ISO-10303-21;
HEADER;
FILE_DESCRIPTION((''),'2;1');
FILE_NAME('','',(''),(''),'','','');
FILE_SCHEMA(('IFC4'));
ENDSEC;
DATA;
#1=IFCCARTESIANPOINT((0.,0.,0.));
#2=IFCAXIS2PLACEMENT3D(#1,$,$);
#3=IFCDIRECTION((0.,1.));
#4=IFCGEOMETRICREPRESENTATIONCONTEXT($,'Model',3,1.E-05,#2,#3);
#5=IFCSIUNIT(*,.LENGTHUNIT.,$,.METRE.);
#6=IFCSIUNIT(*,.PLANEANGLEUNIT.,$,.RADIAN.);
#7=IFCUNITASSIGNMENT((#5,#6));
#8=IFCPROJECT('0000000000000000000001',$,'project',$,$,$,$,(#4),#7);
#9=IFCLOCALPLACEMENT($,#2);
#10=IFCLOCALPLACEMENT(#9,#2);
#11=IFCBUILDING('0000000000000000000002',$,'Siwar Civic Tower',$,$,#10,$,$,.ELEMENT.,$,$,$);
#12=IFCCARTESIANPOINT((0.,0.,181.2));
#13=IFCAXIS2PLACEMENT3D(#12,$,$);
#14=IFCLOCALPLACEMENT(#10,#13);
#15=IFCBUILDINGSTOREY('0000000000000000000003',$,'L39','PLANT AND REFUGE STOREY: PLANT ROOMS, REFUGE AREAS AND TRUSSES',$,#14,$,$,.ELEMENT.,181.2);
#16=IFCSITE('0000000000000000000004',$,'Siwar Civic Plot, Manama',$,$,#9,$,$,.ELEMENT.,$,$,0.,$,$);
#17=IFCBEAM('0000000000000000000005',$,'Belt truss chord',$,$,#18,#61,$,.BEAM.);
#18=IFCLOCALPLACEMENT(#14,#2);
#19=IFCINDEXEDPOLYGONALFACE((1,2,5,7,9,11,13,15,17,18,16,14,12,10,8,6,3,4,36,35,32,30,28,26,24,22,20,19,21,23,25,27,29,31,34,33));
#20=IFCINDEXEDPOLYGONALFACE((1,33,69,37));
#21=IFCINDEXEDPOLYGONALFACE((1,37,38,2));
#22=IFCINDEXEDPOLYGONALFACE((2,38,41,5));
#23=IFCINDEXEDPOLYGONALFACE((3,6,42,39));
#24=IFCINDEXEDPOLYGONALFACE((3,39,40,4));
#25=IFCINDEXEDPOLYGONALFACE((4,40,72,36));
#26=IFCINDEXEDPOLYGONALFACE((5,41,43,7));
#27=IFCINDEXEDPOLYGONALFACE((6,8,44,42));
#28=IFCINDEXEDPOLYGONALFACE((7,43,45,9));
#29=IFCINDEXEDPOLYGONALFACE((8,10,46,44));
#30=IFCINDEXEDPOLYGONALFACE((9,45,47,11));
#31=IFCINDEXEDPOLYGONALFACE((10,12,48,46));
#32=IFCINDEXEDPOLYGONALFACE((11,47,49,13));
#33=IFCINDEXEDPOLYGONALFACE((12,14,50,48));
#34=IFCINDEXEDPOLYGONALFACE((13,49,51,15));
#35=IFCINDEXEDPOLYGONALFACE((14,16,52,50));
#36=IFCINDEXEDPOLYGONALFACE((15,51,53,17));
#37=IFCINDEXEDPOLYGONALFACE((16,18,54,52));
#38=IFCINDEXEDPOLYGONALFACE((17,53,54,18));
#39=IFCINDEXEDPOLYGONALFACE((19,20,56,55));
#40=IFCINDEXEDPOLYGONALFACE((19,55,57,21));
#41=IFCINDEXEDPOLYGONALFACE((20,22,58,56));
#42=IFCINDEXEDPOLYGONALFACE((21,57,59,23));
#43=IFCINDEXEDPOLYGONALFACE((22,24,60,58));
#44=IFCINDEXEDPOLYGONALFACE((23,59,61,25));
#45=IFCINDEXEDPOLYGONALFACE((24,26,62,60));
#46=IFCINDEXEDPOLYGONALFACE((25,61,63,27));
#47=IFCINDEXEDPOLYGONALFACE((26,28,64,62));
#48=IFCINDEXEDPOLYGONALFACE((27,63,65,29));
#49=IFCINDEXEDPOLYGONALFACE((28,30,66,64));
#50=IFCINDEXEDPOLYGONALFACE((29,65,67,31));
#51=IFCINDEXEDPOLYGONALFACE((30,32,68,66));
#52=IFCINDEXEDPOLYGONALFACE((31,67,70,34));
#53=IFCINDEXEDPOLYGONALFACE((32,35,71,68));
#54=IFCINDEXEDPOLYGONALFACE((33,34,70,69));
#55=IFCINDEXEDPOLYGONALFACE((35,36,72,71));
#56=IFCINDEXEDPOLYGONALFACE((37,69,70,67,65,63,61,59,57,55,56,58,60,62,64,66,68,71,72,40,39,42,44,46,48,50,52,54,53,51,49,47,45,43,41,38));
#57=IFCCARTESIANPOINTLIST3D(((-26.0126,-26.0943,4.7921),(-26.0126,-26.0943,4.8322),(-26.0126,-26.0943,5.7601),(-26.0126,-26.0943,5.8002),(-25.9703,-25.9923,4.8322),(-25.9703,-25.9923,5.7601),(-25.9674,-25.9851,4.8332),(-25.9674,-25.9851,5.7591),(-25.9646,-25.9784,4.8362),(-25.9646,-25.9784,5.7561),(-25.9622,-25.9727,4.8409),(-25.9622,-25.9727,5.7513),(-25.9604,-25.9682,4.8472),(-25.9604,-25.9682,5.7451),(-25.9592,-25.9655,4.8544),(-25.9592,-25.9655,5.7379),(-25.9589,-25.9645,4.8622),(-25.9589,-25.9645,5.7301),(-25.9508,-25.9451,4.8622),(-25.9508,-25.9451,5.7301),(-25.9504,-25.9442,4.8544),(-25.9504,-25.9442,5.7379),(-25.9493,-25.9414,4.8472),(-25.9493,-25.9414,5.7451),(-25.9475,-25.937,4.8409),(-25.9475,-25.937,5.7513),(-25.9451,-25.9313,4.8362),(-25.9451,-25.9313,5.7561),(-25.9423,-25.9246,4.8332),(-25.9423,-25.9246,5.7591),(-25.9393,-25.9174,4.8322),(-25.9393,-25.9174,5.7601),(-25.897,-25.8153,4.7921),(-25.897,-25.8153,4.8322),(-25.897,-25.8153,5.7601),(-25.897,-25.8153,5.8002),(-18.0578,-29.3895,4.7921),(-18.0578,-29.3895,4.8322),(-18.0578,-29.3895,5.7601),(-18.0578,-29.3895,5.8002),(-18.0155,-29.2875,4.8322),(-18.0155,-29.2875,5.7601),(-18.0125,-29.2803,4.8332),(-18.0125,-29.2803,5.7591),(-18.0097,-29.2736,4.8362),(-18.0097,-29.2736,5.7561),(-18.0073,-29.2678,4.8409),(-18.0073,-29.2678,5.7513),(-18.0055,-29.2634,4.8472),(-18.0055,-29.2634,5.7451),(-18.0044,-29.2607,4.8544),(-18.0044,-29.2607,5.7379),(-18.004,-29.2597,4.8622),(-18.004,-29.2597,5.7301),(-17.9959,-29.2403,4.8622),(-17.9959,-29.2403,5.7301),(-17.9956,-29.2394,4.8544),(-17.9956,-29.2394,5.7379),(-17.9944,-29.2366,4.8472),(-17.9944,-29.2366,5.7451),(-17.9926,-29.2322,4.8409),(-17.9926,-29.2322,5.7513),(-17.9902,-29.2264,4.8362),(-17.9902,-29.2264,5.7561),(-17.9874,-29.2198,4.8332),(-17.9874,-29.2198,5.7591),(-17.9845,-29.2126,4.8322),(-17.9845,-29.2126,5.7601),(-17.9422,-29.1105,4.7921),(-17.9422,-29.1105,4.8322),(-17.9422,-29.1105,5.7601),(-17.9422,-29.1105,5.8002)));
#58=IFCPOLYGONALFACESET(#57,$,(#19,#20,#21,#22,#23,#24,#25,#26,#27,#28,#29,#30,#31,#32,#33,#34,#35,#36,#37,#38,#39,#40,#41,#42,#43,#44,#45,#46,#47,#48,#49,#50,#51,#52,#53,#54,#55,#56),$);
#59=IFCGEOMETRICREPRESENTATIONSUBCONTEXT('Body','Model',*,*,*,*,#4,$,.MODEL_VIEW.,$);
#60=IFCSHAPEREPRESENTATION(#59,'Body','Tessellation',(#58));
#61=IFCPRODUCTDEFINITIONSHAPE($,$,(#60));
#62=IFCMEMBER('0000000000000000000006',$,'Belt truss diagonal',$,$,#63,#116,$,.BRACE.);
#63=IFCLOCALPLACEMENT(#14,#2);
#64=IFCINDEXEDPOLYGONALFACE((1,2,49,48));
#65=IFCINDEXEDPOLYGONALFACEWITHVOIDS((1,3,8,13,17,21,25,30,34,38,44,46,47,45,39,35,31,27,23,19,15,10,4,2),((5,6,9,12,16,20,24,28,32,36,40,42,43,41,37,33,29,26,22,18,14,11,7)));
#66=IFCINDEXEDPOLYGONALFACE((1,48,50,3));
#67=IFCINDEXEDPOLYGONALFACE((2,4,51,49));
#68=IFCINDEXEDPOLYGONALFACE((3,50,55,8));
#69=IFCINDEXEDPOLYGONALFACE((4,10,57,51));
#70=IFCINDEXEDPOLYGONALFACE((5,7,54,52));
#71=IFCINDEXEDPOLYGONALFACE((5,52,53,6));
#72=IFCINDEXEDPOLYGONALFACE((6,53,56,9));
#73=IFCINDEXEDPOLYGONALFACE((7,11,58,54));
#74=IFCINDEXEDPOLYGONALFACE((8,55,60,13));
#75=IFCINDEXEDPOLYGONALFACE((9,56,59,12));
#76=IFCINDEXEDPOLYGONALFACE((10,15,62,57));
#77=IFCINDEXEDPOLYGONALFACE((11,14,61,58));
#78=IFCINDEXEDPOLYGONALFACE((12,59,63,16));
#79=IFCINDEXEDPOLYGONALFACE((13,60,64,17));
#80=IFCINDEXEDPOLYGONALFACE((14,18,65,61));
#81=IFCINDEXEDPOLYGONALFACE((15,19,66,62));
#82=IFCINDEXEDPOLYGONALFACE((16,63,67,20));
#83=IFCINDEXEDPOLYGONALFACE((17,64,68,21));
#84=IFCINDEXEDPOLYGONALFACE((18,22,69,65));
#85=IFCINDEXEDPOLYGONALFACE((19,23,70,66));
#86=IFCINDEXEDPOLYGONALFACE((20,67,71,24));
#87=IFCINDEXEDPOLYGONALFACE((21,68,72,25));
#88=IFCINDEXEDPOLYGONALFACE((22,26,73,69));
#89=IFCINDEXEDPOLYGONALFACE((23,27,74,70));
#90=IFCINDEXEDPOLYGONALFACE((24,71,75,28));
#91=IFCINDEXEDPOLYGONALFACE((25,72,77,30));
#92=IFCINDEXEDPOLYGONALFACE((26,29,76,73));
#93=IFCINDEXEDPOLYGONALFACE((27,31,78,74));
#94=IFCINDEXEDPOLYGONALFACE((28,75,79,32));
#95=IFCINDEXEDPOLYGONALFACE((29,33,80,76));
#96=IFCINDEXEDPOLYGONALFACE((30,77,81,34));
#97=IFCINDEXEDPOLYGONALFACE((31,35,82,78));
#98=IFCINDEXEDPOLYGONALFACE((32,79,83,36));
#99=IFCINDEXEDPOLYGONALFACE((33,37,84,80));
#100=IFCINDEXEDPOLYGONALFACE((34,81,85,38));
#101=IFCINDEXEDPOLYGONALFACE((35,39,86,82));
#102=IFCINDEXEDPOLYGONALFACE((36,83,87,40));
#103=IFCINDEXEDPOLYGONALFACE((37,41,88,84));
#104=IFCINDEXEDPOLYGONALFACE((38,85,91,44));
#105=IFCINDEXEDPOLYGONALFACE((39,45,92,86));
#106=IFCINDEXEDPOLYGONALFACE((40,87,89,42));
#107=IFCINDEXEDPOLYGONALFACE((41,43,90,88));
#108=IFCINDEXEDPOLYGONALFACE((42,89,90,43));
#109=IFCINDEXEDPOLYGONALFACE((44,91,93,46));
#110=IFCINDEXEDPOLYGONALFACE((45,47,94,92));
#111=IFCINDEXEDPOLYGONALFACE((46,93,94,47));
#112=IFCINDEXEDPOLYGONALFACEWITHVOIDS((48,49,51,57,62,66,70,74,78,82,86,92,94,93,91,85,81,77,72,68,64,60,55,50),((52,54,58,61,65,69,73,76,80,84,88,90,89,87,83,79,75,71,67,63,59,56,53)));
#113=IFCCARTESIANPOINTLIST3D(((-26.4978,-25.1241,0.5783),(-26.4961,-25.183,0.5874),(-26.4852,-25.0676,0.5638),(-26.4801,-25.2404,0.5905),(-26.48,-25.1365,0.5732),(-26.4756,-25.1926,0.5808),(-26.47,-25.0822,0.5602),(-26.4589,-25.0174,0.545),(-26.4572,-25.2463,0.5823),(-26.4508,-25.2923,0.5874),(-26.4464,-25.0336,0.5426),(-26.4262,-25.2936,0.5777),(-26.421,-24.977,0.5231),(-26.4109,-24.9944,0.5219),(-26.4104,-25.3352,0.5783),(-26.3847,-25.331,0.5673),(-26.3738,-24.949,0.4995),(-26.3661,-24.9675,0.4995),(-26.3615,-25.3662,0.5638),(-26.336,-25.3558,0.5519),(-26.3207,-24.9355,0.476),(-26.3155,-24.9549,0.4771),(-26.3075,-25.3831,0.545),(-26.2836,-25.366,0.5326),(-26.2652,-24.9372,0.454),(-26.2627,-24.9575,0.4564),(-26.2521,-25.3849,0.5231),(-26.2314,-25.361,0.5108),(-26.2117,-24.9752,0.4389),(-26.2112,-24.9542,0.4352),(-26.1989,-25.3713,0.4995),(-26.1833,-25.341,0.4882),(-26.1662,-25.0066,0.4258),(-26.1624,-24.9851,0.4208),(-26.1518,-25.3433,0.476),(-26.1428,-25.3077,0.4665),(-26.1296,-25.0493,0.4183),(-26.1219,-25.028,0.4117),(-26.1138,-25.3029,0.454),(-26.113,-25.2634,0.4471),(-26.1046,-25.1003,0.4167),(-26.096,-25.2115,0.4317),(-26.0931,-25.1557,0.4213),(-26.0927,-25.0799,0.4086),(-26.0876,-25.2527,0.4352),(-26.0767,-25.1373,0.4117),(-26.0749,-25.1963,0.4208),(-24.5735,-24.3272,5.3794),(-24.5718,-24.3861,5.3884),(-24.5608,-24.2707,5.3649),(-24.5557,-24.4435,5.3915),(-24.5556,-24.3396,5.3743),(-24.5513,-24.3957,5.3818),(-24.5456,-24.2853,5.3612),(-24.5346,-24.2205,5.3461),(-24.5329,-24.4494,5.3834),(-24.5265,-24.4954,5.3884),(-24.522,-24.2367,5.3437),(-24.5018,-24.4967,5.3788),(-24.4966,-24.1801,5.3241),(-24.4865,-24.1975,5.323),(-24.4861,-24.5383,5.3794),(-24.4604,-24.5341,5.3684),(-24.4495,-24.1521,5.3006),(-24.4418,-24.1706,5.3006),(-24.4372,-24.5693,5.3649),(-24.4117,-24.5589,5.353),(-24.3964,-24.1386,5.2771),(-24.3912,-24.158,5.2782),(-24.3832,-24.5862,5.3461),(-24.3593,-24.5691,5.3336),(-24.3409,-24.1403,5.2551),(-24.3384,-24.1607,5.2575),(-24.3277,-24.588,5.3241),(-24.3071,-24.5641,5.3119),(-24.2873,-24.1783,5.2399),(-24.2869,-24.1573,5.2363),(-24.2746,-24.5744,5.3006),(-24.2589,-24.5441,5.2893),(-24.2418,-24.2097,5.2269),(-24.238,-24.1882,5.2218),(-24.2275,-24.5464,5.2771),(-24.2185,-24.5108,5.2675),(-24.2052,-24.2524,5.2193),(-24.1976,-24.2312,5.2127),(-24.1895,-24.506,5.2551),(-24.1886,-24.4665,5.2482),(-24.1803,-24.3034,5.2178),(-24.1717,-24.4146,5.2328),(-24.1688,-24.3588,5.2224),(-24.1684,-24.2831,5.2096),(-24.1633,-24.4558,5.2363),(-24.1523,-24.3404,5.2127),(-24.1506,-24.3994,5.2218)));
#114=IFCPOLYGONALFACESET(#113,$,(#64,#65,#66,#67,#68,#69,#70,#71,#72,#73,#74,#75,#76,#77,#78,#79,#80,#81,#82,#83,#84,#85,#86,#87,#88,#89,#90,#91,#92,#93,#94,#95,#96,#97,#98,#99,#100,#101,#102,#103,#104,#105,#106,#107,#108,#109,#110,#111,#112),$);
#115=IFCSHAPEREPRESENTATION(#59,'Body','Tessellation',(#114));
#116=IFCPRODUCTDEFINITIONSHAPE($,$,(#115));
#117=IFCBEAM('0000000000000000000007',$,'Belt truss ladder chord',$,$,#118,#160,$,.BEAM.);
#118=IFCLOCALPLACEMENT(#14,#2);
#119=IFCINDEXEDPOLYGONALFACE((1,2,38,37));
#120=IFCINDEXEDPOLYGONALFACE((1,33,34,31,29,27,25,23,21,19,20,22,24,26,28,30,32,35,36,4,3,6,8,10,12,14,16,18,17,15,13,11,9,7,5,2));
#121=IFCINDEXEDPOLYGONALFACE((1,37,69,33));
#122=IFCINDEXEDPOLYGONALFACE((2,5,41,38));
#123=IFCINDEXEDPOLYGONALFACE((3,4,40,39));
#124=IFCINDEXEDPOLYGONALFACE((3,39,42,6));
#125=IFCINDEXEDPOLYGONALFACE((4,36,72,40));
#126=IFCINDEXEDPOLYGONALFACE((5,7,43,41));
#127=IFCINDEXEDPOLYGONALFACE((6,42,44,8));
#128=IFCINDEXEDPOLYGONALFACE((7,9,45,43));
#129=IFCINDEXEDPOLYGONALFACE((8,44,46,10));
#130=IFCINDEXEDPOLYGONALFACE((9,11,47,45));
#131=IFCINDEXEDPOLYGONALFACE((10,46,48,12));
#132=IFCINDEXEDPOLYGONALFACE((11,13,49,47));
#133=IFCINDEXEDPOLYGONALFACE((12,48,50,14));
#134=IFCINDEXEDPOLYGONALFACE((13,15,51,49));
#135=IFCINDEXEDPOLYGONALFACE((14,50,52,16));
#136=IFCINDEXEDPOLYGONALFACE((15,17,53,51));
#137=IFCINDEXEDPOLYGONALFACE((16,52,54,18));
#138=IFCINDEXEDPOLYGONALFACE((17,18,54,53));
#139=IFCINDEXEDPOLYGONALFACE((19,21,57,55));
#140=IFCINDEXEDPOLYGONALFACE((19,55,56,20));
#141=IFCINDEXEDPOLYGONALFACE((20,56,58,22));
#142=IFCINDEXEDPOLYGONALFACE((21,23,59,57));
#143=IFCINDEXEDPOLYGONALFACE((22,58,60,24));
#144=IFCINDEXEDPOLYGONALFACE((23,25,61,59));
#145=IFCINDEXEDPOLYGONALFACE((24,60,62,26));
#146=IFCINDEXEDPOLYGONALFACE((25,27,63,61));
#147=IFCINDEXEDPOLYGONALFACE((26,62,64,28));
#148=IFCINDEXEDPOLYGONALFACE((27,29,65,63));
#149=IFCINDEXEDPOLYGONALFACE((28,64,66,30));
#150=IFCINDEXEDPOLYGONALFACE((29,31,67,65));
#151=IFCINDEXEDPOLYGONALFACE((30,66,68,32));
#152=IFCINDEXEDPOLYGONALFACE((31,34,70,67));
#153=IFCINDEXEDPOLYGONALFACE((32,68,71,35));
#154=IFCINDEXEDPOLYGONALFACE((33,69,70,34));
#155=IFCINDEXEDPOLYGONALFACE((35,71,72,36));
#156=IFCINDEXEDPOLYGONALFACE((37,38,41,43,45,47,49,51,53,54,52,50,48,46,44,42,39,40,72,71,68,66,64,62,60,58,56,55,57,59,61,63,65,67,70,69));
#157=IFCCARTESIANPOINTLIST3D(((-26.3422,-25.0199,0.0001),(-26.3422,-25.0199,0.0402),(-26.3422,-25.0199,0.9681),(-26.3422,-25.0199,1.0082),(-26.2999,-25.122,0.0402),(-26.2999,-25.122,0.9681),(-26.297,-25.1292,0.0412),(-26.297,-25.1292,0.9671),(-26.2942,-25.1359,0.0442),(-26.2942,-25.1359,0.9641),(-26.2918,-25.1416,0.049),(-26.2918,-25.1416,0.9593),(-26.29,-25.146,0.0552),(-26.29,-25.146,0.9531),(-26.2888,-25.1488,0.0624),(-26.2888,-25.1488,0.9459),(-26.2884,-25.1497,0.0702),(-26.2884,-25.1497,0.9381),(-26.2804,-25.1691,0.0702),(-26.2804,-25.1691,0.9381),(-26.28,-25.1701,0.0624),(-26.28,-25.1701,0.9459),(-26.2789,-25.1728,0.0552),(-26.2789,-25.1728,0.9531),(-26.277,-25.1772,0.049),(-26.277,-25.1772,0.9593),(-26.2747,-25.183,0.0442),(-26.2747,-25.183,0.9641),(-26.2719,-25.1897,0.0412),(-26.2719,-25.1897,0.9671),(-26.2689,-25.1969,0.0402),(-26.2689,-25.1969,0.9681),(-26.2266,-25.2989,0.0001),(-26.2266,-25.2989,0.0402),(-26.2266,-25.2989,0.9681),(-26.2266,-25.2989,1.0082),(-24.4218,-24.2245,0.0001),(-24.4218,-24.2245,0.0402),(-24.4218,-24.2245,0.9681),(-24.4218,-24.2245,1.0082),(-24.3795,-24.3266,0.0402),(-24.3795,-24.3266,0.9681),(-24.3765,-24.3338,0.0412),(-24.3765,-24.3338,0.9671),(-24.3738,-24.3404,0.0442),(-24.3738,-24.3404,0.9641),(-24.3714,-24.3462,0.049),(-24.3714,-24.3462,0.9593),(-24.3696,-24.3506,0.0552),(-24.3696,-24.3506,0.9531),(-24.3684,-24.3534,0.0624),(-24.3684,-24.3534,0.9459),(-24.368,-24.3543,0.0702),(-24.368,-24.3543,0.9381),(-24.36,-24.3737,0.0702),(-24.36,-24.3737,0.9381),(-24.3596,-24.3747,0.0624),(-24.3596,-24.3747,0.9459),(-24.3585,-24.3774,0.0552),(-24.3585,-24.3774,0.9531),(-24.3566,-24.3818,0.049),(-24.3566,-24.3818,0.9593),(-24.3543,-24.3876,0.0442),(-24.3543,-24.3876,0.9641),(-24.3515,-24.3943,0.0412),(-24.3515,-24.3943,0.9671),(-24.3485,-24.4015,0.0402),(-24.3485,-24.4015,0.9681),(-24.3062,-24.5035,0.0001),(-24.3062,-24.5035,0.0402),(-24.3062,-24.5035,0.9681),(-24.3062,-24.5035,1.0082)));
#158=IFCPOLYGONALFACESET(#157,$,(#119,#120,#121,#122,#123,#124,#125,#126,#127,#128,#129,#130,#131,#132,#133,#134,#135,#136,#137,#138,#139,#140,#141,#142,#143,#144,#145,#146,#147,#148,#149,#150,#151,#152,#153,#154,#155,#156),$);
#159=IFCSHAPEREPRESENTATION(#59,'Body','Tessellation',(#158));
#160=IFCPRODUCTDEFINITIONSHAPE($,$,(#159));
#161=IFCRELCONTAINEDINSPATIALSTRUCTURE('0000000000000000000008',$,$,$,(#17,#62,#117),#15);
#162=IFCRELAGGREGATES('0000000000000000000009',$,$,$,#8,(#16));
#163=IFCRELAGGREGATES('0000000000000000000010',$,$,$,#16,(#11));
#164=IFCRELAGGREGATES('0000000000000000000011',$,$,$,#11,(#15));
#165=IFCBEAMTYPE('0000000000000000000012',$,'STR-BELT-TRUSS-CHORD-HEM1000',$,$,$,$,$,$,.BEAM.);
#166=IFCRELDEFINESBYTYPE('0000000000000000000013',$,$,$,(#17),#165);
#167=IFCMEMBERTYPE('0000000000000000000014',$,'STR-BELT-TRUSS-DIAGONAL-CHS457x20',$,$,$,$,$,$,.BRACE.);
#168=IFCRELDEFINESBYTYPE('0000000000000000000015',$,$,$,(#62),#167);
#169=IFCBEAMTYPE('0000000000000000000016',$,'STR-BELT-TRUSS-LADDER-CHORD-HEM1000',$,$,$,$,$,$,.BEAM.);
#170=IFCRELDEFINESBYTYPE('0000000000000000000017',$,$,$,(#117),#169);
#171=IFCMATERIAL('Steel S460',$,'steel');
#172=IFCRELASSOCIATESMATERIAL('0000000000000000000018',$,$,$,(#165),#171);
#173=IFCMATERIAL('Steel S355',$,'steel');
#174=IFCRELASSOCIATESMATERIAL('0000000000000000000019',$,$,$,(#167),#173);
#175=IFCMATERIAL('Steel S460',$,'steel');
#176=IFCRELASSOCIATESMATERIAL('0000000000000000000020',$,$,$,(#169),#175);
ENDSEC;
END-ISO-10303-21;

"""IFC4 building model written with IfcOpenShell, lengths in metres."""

from ifc_helpers import new_model, si_unit, direction, frame, origin, origin_2d, place, context, subcontext, project, spatial, hollow_circle, i_section, extrude, material, material_profile, profile_set, type_object, element, save


model = new_model("IFC4")

# Units and contexts
model_context = context("Model", 3, precision=1e-05, world=origin(), true_north=direction((0.0, 1.0)))
body_context = subcontext(model_context, "Body", "Model", "MODEL_VIEW")
ifc_project = project(units=[si_unit("LENGTHUNIT", "METRE"), si_unit("PLANEANGLEUNIT", "RADIAN")], contexts=[model_context])

# Site, building, storey
site_placement = place(None, origin())
site = spatial("IfcSite", under=ifc_project, at=site_placement, Name="Siwar Civic Plot, Manama", CompositionType="ELEMENT", RefElevation=0.0)
building_placement = place(site_placement, origin())
building = spatial("IfcBuilding", under=site, at=building_placement, Name="Siwar Civic Tower", CompositionType="ELEMENT")
storey_placement = place(building_placement, frame((0.0, 0.0, 181.2)))
storey = spatial("IfcBuildingStorey", under=building, at=storey_placement, Name="L39", Description="PLANT AND REFUGE STOREY: PLANT ROOMS, REFUGE AREAS AND TRUSSES", CompositionType="ELEMENT", Elevation=181.2)

# Beam
ifc_material_1 = material(Name="Steel S460", Category="steel")
ifc_material_profile_1 = material_profile(ifc_material_1, i_section(OverallWidth=0.302, OverallDepth=1.0081, WebThickness=0.021, FlangeThickness=0.04, FilletRadius=0.03, at=origin_2d()), Name="HEM1000")
ifc_profile_set_1 = profile_set([ifc_material_profile_1], Name="Steel S460")
beam_type_1 = type_object("IfcBeamType", Name="STR-BELT-TRUSS-CHORD-HEM1000", PredefinedType="BEAM", material=ifc_profile_set_1)
for number, where, z_axis, x_axis, name in (
    (1, (-25.9548, -25.9548, 5.2961), (0.923873, -0.3827, 0.0), (0.3827, 0.923873, 0.0), "Belt truss chord"),
):
    element("IfcBeam", number, at=place(storey_placement, frame(where, z_axis=z_axis, x_axis=x_axis)), inside=storey, type_object=beam_type_1, Name=name, PredefinedType="BEAM", context=body_context, shape_type="SweptSolid", body=[
        extrude(i_section(OverallWidth=0.302, OverallDepth=1.0081, WebThickness=0.021, FlangeThickness=0.04, FilletRadius=0.03, at=origin_2d()), origin(), (0.0, 0.0, 1.0), 8.6104),
    ])

# Member
ifc_material_2 = material(Name="Steel S355", Category="steel")
ifc_material_profile_2 = material_profile(ifc_material_2, hollow_circle(Radius=0.2285, WallThickness=0.02, at=origin_2d()), Name="CHS457x20")
ifc_profile_set_2 = profile_set([ifc_material_profile_2], Name="Steel S355")
member_type_1 = type_object("IfcMemberType", Name="STR-BELT-TRUSS-DIAGONAL-CHS457x20", PredefinedType="BRACE", material=ifc_profile_set_2)
member_1_placement = place(storey_placement, frame((-26.2864, -25.1602, 0.4995), z_axis=(0.367703, 0.152269, 0.917392), x_axis=(-0.3826, 0.923914, 0.0)))
element("IfcMember", 2, at=member_1_placement, inside=storey, type_object=member_type_1, Name="Belt truss diagonal", PredefinedType="BRACE", context=body_context, shape_type="SweptSolid", body=[
    extrude(hollow_circle(Radius=0.2285, WallThickness=0.02, at=origin_2d()), origin(), (0.0, 0.0, 1.0), 5.2334),
])

# Beam
ifc_material_3 = material(Name="Steel S460", Category="steel")
ifc_material_profile_3 = material_profile(ifc_material_3, i_section(OverallWidth=0.302, OverallDepth=1.0081, WebThickness=0.021, FlangeThickness=0.04, FilletRadius=0.03, at=origin_2d()), Name="HEM1000")
ifc_profile_set_3 = profile_set([ifc_material_profile_3], Name="Steel S460")
beam_type_2 = type_object("IfcBeamType", Name="STR-BELT-TRUSS-LADDER-CHORD-HEM1000", PredefinedType="BEAM", material=ifc_profile_set_3)
for number, where, z_axis, x_axis, name in (
    (3, (-24.364, -24.364, 0.5042), (-0.923888, -0.382663, 0.0), (0.382663, -0.923888, 0.0), "Belt truss ladder chord"),
):
    element("IfcBeam", number, at=place(storey_placement, frame(where, z_axis=z_axis, x_axis=x_axis)), inside=storey, type_object=beam_type_2, Name=name, PredefinedType="BEAM", context=body_context, shape_type="SweptSolid", body=[
        extrude(i_section(OverallWidth=0.302, OverallDepth=1.0081, WebThickness=0.021, FlangeThickness=0.04, FilletRadius=0.03, at=origin_2d()), origin(), (0.0, 0.0, 1.0), 2.0786),
    ])

save(model, "model.ifc")
